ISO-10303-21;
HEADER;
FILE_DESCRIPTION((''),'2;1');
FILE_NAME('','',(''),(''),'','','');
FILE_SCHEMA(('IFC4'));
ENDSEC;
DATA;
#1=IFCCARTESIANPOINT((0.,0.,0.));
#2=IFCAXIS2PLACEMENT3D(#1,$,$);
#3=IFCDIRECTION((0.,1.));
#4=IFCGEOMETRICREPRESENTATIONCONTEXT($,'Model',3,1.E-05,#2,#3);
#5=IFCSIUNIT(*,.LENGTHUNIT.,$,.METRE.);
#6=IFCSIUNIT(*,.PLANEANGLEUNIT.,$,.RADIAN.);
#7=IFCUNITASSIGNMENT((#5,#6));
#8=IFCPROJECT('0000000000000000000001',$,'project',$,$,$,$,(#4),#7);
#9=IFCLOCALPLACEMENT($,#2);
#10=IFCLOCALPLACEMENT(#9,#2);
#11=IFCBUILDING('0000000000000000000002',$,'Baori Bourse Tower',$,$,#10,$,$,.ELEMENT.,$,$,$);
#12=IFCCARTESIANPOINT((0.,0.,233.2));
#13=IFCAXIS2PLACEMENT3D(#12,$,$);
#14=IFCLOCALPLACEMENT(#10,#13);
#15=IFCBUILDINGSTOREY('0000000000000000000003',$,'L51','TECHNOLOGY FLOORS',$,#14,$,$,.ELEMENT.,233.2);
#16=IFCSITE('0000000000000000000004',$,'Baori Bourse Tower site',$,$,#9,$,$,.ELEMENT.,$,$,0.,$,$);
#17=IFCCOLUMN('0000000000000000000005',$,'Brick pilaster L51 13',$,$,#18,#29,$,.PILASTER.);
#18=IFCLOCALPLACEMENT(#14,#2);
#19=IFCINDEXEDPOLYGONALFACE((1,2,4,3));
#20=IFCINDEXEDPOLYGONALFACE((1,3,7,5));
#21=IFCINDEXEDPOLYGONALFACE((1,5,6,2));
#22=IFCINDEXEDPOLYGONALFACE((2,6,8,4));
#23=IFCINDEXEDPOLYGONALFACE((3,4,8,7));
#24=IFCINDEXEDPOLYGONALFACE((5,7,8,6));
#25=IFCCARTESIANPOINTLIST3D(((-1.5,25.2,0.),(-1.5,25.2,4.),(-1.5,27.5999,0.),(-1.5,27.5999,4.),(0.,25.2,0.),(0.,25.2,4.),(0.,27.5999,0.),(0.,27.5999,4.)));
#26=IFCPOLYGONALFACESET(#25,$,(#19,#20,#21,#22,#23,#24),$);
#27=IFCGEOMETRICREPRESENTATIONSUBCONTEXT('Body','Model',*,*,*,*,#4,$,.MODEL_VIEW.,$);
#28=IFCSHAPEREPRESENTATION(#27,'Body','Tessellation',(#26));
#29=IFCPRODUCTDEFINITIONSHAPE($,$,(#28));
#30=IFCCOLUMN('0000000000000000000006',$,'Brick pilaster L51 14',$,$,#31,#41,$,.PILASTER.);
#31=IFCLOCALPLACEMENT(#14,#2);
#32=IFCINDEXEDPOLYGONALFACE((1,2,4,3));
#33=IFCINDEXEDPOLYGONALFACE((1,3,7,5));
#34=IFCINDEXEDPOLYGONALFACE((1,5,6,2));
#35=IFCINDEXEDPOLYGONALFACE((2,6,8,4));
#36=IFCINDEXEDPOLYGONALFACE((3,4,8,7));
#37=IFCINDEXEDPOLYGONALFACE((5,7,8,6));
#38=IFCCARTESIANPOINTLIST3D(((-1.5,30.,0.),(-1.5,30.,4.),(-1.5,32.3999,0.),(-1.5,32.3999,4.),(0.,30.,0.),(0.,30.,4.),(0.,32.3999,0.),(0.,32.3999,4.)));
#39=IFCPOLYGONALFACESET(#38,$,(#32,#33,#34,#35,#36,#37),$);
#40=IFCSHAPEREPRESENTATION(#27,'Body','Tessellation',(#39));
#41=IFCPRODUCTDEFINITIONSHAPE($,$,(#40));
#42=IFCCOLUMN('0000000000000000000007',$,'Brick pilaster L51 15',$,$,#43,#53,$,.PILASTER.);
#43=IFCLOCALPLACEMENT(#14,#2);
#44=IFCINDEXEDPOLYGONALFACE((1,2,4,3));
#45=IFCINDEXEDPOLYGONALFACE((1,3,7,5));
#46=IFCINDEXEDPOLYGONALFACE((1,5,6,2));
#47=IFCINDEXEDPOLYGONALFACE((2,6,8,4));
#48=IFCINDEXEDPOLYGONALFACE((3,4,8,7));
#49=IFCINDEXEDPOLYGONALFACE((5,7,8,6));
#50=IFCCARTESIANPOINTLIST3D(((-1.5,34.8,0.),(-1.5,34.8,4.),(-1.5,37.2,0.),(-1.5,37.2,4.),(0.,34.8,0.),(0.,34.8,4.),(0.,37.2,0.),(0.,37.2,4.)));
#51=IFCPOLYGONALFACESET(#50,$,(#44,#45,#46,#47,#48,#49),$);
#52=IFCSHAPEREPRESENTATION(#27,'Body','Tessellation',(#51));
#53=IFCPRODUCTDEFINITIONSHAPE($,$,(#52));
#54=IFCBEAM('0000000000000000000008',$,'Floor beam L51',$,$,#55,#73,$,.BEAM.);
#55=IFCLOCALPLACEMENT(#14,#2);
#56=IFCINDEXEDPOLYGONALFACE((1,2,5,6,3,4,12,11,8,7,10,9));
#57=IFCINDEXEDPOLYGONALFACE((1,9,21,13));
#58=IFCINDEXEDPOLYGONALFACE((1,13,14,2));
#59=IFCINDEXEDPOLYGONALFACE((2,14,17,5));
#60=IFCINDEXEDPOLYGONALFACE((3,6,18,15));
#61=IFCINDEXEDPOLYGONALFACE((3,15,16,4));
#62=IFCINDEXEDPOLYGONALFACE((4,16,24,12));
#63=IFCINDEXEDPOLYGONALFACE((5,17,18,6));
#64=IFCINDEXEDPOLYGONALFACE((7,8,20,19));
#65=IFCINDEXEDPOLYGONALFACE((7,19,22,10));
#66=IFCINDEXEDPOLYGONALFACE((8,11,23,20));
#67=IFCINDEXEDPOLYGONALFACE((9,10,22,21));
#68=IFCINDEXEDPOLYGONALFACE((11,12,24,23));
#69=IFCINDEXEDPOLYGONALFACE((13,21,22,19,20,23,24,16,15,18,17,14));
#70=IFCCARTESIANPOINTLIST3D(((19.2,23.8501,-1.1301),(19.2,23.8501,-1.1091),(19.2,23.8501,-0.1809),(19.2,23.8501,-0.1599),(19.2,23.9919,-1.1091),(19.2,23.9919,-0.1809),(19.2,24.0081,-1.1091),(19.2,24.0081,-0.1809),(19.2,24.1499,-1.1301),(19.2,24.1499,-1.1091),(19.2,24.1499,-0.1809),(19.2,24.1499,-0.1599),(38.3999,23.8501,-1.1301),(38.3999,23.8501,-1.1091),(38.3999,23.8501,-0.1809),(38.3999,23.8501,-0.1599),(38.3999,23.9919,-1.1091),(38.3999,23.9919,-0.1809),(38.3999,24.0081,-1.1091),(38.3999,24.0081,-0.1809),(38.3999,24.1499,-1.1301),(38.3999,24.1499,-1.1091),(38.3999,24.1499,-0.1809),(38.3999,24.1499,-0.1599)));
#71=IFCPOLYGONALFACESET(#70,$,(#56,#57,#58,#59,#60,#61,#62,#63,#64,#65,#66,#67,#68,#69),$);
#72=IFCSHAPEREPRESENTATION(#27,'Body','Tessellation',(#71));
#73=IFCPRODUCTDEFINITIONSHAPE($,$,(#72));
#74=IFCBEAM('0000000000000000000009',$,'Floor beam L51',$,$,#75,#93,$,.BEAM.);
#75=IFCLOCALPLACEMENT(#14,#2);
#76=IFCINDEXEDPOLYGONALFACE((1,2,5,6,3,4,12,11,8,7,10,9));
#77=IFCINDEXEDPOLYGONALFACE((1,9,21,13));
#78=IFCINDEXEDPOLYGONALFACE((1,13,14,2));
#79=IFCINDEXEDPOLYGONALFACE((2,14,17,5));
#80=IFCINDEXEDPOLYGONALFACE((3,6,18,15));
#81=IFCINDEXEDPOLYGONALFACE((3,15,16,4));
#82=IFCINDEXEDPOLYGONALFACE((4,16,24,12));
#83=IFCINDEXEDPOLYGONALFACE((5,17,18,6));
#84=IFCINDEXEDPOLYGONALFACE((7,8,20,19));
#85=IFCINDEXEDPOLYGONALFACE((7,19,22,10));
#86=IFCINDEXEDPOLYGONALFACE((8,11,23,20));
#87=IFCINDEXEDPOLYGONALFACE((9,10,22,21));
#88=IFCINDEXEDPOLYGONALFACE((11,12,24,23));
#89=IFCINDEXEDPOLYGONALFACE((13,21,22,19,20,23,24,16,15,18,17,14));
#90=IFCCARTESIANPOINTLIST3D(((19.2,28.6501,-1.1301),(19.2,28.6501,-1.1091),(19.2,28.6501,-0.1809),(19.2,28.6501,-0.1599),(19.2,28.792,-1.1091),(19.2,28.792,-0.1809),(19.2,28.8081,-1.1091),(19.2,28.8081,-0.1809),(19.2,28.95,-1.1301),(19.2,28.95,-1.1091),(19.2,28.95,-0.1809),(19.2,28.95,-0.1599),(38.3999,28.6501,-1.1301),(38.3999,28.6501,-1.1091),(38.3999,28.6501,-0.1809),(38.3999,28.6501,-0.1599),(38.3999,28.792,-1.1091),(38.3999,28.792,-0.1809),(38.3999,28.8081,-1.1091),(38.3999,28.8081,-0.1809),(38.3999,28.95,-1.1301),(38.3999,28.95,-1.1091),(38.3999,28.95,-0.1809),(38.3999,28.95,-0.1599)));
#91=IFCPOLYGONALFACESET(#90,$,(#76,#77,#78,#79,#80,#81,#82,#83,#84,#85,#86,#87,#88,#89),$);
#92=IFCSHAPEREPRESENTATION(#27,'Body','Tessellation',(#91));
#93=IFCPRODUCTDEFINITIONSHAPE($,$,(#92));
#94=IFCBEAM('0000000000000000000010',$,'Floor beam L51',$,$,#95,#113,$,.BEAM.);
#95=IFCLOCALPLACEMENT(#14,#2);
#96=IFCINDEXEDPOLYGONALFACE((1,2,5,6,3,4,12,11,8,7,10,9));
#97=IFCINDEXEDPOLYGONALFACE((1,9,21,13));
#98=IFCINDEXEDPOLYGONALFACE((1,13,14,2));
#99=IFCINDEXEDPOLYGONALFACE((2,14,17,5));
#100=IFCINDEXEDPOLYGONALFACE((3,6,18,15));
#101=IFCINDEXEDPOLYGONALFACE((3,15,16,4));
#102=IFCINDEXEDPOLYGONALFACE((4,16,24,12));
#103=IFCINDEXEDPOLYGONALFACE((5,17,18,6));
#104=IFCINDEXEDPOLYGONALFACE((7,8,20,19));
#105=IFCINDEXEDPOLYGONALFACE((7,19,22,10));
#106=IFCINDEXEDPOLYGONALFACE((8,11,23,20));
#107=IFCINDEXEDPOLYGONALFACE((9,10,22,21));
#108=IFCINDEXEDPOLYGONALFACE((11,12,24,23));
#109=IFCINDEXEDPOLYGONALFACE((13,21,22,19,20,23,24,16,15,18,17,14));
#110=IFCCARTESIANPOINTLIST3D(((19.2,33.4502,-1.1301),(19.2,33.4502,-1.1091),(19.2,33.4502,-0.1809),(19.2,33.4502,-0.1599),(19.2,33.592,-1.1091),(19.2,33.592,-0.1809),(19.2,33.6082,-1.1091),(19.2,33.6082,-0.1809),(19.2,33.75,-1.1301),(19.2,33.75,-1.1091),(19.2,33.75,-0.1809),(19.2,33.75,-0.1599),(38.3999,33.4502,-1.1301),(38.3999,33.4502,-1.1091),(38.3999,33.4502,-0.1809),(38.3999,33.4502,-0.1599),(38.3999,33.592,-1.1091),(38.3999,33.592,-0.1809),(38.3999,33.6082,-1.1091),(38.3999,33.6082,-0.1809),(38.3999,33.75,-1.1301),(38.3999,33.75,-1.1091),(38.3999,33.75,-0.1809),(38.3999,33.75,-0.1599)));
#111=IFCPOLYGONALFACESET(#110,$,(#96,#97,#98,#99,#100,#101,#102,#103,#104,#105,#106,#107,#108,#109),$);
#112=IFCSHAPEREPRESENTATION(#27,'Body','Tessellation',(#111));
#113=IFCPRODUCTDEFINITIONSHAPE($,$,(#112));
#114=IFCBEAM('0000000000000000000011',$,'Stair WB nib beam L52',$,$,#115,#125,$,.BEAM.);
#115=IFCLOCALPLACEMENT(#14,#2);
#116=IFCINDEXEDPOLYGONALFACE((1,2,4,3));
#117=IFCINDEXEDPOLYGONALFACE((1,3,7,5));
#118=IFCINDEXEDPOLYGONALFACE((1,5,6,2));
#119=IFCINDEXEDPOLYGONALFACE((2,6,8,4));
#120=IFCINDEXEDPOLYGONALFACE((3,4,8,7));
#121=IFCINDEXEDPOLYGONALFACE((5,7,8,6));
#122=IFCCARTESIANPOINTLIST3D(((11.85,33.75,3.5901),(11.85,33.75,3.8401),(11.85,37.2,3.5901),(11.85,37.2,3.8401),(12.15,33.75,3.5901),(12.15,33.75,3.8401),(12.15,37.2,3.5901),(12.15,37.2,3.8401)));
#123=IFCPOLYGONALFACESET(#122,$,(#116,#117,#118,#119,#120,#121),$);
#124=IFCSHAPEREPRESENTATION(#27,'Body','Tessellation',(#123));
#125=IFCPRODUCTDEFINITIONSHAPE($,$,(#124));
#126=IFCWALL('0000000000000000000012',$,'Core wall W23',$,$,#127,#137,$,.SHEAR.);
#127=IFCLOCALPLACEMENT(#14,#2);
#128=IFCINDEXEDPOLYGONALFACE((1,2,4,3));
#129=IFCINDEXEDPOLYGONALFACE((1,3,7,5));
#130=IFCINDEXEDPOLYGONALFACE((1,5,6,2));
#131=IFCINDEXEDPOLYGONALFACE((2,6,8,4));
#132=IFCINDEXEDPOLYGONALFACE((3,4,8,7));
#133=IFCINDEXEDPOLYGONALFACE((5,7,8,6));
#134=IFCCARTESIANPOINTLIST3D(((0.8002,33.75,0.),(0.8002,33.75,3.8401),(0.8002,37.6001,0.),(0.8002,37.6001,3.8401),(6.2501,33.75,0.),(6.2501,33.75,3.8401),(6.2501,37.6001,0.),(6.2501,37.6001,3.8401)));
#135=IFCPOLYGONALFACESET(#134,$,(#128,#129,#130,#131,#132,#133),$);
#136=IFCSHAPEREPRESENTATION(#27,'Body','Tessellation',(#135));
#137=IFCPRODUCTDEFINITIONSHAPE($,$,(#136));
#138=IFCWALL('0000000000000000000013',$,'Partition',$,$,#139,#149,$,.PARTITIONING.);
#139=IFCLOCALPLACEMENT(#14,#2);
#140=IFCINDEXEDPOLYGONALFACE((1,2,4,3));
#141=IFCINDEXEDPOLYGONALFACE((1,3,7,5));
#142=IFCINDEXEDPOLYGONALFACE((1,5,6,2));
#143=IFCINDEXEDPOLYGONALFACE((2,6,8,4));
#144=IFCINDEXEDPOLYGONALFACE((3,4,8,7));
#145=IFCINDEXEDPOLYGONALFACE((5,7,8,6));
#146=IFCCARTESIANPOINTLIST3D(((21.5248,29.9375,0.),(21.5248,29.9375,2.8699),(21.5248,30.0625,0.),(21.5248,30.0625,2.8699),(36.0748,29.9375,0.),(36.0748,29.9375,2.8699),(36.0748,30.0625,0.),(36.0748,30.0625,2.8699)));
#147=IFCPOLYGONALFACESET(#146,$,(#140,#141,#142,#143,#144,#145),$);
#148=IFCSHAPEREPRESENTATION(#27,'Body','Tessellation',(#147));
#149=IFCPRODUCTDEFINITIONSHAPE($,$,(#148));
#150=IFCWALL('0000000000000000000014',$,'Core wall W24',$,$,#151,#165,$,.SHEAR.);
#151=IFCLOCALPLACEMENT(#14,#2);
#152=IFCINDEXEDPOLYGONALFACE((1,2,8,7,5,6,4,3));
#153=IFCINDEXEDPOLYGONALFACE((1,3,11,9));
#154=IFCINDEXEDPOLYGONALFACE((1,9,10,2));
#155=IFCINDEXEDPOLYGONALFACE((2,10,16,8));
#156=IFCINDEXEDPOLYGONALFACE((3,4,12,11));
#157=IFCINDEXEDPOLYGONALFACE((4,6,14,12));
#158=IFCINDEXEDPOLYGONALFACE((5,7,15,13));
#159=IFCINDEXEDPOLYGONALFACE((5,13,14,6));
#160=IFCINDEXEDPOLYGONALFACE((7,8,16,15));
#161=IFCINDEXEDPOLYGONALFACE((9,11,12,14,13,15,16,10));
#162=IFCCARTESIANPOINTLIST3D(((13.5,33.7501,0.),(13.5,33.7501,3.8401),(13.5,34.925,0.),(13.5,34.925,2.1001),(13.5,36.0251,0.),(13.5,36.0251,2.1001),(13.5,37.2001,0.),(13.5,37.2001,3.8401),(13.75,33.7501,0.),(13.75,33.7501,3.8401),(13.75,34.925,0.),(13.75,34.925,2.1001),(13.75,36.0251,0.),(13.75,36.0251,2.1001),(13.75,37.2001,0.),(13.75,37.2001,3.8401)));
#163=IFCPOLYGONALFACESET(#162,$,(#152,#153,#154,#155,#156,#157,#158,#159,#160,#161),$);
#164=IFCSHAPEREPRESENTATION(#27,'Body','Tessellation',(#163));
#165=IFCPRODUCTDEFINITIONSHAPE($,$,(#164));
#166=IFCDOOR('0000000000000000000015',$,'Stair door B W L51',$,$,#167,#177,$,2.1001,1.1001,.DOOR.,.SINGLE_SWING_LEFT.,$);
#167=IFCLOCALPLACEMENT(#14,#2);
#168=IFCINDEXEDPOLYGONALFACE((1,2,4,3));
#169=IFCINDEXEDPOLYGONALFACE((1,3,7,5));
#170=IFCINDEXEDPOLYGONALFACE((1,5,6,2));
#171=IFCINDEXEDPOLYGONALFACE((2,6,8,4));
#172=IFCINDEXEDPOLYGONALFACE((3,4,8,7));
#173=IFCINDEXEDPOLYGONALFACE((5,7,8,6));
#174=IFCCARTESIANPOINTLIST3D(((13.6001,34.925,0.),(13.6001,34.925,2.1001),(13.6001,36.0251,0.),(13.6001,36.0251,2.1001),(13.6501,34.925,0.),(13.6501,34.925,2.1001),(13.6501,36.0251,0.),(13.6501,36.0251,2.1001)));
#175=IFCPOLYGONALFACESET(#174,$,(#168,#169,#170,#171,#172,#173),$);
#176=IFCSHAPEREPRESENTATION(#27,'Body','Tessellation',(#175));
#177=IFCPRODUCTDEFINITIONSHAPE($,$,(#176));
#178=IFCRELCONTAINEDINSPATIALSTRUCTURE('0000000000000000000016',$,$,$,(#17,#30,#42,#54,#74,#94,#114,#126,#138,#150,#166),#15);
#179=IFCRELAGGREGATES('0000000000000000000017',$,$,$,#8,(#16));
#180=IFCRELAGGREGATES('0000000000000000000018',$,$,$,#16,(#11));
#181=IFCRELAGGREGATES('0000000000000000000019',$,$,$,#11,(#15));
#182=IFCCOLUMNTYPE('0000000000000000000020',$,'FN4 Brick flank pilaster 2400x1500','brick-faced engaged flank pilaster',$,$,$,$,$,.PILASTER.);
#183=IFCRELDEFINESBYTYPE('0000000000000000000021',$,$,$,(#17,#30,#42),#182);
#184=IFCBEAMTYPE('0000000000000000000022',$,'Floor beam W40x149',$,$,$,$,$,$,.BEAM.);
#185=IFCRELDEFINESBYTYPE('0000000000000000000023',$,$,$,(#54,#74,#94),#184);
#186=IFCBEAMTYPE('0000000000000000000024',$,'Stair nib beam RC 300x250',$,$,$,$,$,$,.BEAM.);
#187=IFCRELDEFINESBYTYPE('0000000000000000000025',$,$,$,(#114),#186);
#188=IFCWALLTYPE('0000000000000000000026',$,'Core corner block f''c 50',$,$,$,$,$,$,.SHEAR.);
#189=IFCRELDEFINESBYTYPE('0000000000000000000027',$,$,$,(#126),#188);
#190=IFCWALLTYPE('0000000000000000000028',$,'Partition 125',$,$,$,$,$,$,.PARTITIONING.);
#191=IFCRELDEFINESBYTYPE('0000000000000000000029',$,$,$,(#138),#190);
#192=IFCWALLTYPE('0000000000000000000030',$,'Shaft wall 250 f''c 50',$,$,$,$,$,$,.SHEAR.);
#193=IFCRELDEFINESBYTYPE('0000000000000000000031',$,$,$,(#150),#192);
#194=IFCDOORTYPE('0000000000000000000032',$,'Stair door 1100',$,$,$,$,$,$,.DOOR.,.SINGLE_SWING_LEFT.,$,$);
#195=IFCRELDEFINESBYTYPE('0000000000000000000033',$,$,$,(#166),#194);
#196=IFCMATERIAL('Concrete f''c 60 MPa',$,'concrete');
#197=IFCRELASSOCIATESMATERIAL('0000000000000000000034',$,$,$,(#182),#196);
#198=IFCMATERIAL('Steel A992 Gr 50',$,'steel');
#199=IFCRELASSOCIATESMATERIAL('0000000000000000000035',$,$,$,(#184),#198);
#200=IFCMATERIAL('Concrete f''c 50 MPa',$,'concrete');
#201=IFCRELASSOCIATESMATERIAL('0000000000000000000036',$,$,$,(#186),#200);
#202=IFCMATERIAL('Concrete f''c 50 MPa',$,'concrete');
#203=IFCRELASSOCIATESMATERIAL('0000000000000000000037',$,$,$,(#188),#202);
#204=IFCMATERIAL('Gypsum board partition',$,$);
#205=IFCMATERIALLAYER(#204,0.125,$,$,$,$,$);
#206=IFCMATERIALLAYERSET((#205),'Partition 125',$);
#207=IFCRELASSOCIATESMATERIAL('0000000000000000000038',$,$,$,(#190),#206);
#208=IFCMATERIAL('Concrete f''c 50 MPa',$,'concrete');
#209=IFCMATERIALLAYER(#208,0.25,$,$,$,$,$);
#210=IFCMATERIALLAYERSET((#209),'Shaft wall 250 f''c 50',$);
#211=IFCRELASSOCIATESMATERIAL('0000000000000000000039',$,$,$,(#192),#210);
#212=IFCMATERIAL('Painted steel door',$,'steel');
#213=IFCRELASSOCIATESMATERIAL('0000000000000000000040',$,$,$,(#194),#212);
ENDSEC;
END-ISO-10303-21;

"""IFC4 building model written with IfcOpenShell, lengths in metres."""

from ifc_helpers import new_model, si_unit, direction, frame, frame_2d, origin, origin_2d, place, context, subcontext, project, spatial, rectangle, i_section, extrude, material, layer, layer_set, material_profile, profile_set, type_object, element, fill, save


model = new_model("IFC4")

# Units and contexts
model_context = context("Model", 3, precision=1e-05, world=origin(), true_north=direction((0.0, 1.0)))
body_context = subcontext(model_context, "Body", "Model", "MODEL_VIEW")
ifc_project = project(units=[si_unit("LENGTHUNIT", "METRE"), si_unit("PLANEANGLEUNIT", "RADIAN")], contexts=[model_context])

# Site, building, storey
site_placement = place(None, origin())
site = spatial("IfcSite", under=ifc_project, at=site_placement, Name="Baori Bourse Tower site", CompositionType="ELEMENT", RefElevation=0.0)
building_placement = place(site_placement, origin())
building = spatial("IfcBuilding", under=site, at=building_placement, Name="Baori Bourse Tower", CompositionType="ELEMENT")
storey_placement = place(building_placement, frame((0.0, 0.0, 233.2)))
storey = spatial("IfcBuildingStorey", under=building, at=storey_placement, Name="L51", Description="TECHNOLOGY FLOORS", CompositionType="ELEMENT", Elevation=233.2)

# Columns
ifc_material_1 = material(Name="Concrete f'c 60 MPa", Category="concrete")
ifc_material_profile_1 = material_profile(ifc_material_1, rectangle(XDim=2.3999, YDim=1.5, at=origin_2d()), Name="RC 2400x1500")
ifc_profile_set_1 = profile_set([ifc_material_profile_1], Name="Concrete f'c 60 MPa")
column_type = type_object("IfcColumnType", Name="FN4 Brick flank pilaster 2400x1500", Description="brick-faced engaged flank pilaster", PredefinedType="PILASTER", material=ifc_profile_set_1)
for number, where, z_axis, x_axis, name in (
    (1, (-0.75, 26.3999, 0.0), (0.0, 0.0, 1.0), (0.0, 1.0, 0.0), "Brick pilaster L51 13"),
    (2, (-0.75, 31.2, 0.0), (0.0, 0.0, 1.0), (0.0, 1.0, 0.0), "Brick pilaster L51 14"),
    (3, (-0.75, 36.0, 0.0), (0.0, 0.0, 1.0), (0.0, 1.0, 0.0), "Brick pilaster L51 15"),
):
    element("IfcColumn", number, at=place(storey_placement, frame(where, z_axis=z_axis, x_axis=x_axis)), inside=storey, type_object=column_type, Name=name, PredefinedType="PILASTER", context=body_context, shape_type="SweptSolid", body=[
        extrude(rectangle(XDim=2.3999, YDim=1.5, at=origin_2d()), origin(), (0.0, 0.0, 1.0), 4.0),
    ])

# Beams
ifc_material_2 = material(Name="Steel A992 Gr 50", Category="steel")
ifc_material_profile_2 = material_profile(ifc_material_2, i_section(OverallWidth=0.2998, OverallDepth=0.9702, WebThickness=0.0161, FlangeThickness=0.021, at=origin_2d()), Name="W40x149")
ifc_profile_set_2 = profile_set([ifc_material_profile_2], Name="Steel A992 Gr 50")
beam_type_1 = type_object("IfcBeamType", Name="Floor beam W40x149", PredefinedType="BEAM", material=ifc_profile_set_2)
for number, where, z_axis, x_axis, name in (
    (4, (19.2, 24.0, -0.645), (1.0, 0.0, 0.0), (0.0, 1.0, 0.0), "Floor beam L51"),
    (5, (19.2, 28.8, -0.645), (1.0, 0.0, 0.0), (0.0, 1.0, 0.0), "Floor beam L51"),
    (6, (19.2, 33.6001, -0.645), (1.0, 0.0, 0.0), (0.0, 1.0, 0.0), "Floor beam L51"),
):
    element("IfcBeam", number, at=place(storey_placement, frame(where, z_axis=z_axis, x_axis=x_axis)), inside=storey, type_object=beam_type_1, Name=name, PredefinedType="BEAM", context=body_context, shape_type="SweptSolid", body=[
        extrude(i_section(OverallWidth=0.2998, OverallDepth=0.9702, WebThickness=0.0161, FlangeThickness=0.021, at=origin_2d()), origin(), (0.0, 0.0, 1.0), 19.2),
    ])
ifc_material_3 = material(Name="Concrete f'c 50 MPa", Category="concrete")
ifc_material_profile_3 = material_profile(ifc_material_3, rectangle(XDim=0.3, YDim=0.25, at=origin_2d()), Name="RC 300x250")
ifc_profile_set_3 = profile_set([ifc_material_profile_3], Name="Concrete f'c 50 MPa")
beam_type_2 = type_object("IfcBeamType", Name="Stair nib beam RC 300x250", PredefinedType="BEAM", material=ifc_profile_set_3)
beam_placement = place(storey_placement, frame((12.0, 33.75, 3.7151), z_axis=(0.0, 1.0, 0.0), x_axis=(-1.0, 0.0, 0.0)))
element("IfcBeam", 7, at=beam_placement, inside=storey, type_object=beam_type_2, Name="Stair WB nib beam L52", PredefinedType="BEAM", context=body_context, shape_type="SweptSolid", body=[
    extrude(rectangle(XDim=0.3, YDim=0.25, at=origin_2d()), origin(), (0.0, 0.0, 1.0), 3.45),
])

# Walls
ifc_material_4 = material(Name="Concrete f'c 50 MPa", Category="concrete")
wall_type_1 = type_object("IfcWallType", Name="Core corner block f'c 50", PredefinedType="SHEAR", material=ifc_material_4)
wall_1_placement = place(storey_placement, frame((0.8, 35.675, 0.0), z_axis=(0.0, 0.0, 1.0), x_axis=(1.0, 0.0, 0.0)))
element("IfcWall", 8, at=wall_1_placement, inside=storey, type_object=wall_type_1, Name="Core wall W23", PredefinedType="SHEAR", context=body_context, shape_type="SweptSolid", body=[
    extrude(rectangle(XDim=5.45, YDim=3.8501, at=frame_2d((2.7251, 0.0))), origin(), (0.0, 0.0, 1.0), 3.8401),
])
ifc_material_5 = material(Name="Gypsum board partition")
ifc_layer_1 = layer(ifc_material_5, 0.125)
ifc_layer_set_1 = layer_set([ifc_layer_1], Name="Partition 125")
wall_type_2 = type_object("IfcWallType", Name="Partition 125", PredefinedType="PARTITIONING", material=ifc_layer_set_1)
wall_2_placement = place(storey_placement, frame((21.5249, 30.0, 0.0), z_axis=(0.0, 0.0, 1.0), x_axis=(1.0, 0.0, 0.0)))
element("IfcWall", 9, at=wall_2_placement, inside=storey, type_object=wall_type_2, Name="Partition", PredefinedType="PARTITIONING", context=body_context, shape_type="SweptSolid", body=[
    extrude(rectangle(XDim=14.55, YDim=0.125, at=frame_2d((7.2749, 0.0))), origin(), (0.0, 0.0, 1.0), 2.8699),
])

# Wall, opening, door
ifc_material_6 = material(Name="Concrete f'c 50 MPa", Category="concrete")
ifc_layer_2 = layer(ifc_material_6, 0.25)
ifc_layer_set_2 = layer_set([ifc_layer_2], Name="Shaft wall 250 f'c 50")
wall_type_3 = type_object("IfcWallType", Name="Shaft wall 250 f'c 50", PredefinedType="SHEAR", material=ifc_layer_set_2)
wall_3_placement = place(storey_placement, frame((13.625, 33.75, 0.0), z_axis=(0.0, 0.0, 1.0), x_axis=(0.0, 1.0, 0.0)))
wall_3 = element("IfcWall", 10, at=wall_3_placement, inside=storey, type_object=wall_type_3, Name="Core wall W24", PredefinedType="SHEAR", context=body_context, shape_type="SweptSolid", body=[
    extrude(rectangle(XDim=3.45, YDim=0.25, at=frame_2d((1.7251, 0.0))), origin(), (0.0, 0.0, 1.0), 3.8401),
])
opening_1_placement = place(wall_3_placement, frame((1.175, 0.0, 0.0)))
opening_1 = element("IfcOpeningElement", 11, at=opening_1_placement, cuts=wall_3, PredefinedType="OPENING", context=body_context, shape_type="SweptSolid", body=[
    extrude(rectangle(XDim=1.1001, YDim=2.1001, at=frame_2d((0.55, 1.05))), frame((0.0, 0.135, 0.0), z_axis=(0.0, -1.0, 0.0), x_axis=(1.0, 0.0, 0.0)), (0.0, 0.0, 1.0), 0.27),
])
ifc_material_7 = material(Name="Painted steel door", Category="steel")
door_type_1 = type_object("IfcDoorType", Name="Stair door 1100", OperationType="SINGLE_SWING_LEFT", PredefinedType="DOOR", material=ifc_material_7)
door_1_placement = place(opening_1_placement, origin())
door_1 = element("IfcDoor", 12, at=door_1_placement, inside=storey, type_object=door_type_1, Name="Stair door B W L51", OperationType="SINGLE_SWING_LEFT", OverallHeight=2.1001, OverallWidth=1.1001, PredefinedType="DOOR", context=body_context, shape_type="SweptSolid", body=[
    extrude(rectangle(XDim=1.1001, YDim=2.1001, at=frame_2d((0.55, 1.05))), frame((0.0, 0.0249, 0.0), z_axis=(0.0, -1.0, 0.0), x_axis=(1.0, 0.0, 0.0)), (0.0, 0.0, 1.0), 0.05),
])
fill(opening_1, door_1)

save(model, "model.ifc")
